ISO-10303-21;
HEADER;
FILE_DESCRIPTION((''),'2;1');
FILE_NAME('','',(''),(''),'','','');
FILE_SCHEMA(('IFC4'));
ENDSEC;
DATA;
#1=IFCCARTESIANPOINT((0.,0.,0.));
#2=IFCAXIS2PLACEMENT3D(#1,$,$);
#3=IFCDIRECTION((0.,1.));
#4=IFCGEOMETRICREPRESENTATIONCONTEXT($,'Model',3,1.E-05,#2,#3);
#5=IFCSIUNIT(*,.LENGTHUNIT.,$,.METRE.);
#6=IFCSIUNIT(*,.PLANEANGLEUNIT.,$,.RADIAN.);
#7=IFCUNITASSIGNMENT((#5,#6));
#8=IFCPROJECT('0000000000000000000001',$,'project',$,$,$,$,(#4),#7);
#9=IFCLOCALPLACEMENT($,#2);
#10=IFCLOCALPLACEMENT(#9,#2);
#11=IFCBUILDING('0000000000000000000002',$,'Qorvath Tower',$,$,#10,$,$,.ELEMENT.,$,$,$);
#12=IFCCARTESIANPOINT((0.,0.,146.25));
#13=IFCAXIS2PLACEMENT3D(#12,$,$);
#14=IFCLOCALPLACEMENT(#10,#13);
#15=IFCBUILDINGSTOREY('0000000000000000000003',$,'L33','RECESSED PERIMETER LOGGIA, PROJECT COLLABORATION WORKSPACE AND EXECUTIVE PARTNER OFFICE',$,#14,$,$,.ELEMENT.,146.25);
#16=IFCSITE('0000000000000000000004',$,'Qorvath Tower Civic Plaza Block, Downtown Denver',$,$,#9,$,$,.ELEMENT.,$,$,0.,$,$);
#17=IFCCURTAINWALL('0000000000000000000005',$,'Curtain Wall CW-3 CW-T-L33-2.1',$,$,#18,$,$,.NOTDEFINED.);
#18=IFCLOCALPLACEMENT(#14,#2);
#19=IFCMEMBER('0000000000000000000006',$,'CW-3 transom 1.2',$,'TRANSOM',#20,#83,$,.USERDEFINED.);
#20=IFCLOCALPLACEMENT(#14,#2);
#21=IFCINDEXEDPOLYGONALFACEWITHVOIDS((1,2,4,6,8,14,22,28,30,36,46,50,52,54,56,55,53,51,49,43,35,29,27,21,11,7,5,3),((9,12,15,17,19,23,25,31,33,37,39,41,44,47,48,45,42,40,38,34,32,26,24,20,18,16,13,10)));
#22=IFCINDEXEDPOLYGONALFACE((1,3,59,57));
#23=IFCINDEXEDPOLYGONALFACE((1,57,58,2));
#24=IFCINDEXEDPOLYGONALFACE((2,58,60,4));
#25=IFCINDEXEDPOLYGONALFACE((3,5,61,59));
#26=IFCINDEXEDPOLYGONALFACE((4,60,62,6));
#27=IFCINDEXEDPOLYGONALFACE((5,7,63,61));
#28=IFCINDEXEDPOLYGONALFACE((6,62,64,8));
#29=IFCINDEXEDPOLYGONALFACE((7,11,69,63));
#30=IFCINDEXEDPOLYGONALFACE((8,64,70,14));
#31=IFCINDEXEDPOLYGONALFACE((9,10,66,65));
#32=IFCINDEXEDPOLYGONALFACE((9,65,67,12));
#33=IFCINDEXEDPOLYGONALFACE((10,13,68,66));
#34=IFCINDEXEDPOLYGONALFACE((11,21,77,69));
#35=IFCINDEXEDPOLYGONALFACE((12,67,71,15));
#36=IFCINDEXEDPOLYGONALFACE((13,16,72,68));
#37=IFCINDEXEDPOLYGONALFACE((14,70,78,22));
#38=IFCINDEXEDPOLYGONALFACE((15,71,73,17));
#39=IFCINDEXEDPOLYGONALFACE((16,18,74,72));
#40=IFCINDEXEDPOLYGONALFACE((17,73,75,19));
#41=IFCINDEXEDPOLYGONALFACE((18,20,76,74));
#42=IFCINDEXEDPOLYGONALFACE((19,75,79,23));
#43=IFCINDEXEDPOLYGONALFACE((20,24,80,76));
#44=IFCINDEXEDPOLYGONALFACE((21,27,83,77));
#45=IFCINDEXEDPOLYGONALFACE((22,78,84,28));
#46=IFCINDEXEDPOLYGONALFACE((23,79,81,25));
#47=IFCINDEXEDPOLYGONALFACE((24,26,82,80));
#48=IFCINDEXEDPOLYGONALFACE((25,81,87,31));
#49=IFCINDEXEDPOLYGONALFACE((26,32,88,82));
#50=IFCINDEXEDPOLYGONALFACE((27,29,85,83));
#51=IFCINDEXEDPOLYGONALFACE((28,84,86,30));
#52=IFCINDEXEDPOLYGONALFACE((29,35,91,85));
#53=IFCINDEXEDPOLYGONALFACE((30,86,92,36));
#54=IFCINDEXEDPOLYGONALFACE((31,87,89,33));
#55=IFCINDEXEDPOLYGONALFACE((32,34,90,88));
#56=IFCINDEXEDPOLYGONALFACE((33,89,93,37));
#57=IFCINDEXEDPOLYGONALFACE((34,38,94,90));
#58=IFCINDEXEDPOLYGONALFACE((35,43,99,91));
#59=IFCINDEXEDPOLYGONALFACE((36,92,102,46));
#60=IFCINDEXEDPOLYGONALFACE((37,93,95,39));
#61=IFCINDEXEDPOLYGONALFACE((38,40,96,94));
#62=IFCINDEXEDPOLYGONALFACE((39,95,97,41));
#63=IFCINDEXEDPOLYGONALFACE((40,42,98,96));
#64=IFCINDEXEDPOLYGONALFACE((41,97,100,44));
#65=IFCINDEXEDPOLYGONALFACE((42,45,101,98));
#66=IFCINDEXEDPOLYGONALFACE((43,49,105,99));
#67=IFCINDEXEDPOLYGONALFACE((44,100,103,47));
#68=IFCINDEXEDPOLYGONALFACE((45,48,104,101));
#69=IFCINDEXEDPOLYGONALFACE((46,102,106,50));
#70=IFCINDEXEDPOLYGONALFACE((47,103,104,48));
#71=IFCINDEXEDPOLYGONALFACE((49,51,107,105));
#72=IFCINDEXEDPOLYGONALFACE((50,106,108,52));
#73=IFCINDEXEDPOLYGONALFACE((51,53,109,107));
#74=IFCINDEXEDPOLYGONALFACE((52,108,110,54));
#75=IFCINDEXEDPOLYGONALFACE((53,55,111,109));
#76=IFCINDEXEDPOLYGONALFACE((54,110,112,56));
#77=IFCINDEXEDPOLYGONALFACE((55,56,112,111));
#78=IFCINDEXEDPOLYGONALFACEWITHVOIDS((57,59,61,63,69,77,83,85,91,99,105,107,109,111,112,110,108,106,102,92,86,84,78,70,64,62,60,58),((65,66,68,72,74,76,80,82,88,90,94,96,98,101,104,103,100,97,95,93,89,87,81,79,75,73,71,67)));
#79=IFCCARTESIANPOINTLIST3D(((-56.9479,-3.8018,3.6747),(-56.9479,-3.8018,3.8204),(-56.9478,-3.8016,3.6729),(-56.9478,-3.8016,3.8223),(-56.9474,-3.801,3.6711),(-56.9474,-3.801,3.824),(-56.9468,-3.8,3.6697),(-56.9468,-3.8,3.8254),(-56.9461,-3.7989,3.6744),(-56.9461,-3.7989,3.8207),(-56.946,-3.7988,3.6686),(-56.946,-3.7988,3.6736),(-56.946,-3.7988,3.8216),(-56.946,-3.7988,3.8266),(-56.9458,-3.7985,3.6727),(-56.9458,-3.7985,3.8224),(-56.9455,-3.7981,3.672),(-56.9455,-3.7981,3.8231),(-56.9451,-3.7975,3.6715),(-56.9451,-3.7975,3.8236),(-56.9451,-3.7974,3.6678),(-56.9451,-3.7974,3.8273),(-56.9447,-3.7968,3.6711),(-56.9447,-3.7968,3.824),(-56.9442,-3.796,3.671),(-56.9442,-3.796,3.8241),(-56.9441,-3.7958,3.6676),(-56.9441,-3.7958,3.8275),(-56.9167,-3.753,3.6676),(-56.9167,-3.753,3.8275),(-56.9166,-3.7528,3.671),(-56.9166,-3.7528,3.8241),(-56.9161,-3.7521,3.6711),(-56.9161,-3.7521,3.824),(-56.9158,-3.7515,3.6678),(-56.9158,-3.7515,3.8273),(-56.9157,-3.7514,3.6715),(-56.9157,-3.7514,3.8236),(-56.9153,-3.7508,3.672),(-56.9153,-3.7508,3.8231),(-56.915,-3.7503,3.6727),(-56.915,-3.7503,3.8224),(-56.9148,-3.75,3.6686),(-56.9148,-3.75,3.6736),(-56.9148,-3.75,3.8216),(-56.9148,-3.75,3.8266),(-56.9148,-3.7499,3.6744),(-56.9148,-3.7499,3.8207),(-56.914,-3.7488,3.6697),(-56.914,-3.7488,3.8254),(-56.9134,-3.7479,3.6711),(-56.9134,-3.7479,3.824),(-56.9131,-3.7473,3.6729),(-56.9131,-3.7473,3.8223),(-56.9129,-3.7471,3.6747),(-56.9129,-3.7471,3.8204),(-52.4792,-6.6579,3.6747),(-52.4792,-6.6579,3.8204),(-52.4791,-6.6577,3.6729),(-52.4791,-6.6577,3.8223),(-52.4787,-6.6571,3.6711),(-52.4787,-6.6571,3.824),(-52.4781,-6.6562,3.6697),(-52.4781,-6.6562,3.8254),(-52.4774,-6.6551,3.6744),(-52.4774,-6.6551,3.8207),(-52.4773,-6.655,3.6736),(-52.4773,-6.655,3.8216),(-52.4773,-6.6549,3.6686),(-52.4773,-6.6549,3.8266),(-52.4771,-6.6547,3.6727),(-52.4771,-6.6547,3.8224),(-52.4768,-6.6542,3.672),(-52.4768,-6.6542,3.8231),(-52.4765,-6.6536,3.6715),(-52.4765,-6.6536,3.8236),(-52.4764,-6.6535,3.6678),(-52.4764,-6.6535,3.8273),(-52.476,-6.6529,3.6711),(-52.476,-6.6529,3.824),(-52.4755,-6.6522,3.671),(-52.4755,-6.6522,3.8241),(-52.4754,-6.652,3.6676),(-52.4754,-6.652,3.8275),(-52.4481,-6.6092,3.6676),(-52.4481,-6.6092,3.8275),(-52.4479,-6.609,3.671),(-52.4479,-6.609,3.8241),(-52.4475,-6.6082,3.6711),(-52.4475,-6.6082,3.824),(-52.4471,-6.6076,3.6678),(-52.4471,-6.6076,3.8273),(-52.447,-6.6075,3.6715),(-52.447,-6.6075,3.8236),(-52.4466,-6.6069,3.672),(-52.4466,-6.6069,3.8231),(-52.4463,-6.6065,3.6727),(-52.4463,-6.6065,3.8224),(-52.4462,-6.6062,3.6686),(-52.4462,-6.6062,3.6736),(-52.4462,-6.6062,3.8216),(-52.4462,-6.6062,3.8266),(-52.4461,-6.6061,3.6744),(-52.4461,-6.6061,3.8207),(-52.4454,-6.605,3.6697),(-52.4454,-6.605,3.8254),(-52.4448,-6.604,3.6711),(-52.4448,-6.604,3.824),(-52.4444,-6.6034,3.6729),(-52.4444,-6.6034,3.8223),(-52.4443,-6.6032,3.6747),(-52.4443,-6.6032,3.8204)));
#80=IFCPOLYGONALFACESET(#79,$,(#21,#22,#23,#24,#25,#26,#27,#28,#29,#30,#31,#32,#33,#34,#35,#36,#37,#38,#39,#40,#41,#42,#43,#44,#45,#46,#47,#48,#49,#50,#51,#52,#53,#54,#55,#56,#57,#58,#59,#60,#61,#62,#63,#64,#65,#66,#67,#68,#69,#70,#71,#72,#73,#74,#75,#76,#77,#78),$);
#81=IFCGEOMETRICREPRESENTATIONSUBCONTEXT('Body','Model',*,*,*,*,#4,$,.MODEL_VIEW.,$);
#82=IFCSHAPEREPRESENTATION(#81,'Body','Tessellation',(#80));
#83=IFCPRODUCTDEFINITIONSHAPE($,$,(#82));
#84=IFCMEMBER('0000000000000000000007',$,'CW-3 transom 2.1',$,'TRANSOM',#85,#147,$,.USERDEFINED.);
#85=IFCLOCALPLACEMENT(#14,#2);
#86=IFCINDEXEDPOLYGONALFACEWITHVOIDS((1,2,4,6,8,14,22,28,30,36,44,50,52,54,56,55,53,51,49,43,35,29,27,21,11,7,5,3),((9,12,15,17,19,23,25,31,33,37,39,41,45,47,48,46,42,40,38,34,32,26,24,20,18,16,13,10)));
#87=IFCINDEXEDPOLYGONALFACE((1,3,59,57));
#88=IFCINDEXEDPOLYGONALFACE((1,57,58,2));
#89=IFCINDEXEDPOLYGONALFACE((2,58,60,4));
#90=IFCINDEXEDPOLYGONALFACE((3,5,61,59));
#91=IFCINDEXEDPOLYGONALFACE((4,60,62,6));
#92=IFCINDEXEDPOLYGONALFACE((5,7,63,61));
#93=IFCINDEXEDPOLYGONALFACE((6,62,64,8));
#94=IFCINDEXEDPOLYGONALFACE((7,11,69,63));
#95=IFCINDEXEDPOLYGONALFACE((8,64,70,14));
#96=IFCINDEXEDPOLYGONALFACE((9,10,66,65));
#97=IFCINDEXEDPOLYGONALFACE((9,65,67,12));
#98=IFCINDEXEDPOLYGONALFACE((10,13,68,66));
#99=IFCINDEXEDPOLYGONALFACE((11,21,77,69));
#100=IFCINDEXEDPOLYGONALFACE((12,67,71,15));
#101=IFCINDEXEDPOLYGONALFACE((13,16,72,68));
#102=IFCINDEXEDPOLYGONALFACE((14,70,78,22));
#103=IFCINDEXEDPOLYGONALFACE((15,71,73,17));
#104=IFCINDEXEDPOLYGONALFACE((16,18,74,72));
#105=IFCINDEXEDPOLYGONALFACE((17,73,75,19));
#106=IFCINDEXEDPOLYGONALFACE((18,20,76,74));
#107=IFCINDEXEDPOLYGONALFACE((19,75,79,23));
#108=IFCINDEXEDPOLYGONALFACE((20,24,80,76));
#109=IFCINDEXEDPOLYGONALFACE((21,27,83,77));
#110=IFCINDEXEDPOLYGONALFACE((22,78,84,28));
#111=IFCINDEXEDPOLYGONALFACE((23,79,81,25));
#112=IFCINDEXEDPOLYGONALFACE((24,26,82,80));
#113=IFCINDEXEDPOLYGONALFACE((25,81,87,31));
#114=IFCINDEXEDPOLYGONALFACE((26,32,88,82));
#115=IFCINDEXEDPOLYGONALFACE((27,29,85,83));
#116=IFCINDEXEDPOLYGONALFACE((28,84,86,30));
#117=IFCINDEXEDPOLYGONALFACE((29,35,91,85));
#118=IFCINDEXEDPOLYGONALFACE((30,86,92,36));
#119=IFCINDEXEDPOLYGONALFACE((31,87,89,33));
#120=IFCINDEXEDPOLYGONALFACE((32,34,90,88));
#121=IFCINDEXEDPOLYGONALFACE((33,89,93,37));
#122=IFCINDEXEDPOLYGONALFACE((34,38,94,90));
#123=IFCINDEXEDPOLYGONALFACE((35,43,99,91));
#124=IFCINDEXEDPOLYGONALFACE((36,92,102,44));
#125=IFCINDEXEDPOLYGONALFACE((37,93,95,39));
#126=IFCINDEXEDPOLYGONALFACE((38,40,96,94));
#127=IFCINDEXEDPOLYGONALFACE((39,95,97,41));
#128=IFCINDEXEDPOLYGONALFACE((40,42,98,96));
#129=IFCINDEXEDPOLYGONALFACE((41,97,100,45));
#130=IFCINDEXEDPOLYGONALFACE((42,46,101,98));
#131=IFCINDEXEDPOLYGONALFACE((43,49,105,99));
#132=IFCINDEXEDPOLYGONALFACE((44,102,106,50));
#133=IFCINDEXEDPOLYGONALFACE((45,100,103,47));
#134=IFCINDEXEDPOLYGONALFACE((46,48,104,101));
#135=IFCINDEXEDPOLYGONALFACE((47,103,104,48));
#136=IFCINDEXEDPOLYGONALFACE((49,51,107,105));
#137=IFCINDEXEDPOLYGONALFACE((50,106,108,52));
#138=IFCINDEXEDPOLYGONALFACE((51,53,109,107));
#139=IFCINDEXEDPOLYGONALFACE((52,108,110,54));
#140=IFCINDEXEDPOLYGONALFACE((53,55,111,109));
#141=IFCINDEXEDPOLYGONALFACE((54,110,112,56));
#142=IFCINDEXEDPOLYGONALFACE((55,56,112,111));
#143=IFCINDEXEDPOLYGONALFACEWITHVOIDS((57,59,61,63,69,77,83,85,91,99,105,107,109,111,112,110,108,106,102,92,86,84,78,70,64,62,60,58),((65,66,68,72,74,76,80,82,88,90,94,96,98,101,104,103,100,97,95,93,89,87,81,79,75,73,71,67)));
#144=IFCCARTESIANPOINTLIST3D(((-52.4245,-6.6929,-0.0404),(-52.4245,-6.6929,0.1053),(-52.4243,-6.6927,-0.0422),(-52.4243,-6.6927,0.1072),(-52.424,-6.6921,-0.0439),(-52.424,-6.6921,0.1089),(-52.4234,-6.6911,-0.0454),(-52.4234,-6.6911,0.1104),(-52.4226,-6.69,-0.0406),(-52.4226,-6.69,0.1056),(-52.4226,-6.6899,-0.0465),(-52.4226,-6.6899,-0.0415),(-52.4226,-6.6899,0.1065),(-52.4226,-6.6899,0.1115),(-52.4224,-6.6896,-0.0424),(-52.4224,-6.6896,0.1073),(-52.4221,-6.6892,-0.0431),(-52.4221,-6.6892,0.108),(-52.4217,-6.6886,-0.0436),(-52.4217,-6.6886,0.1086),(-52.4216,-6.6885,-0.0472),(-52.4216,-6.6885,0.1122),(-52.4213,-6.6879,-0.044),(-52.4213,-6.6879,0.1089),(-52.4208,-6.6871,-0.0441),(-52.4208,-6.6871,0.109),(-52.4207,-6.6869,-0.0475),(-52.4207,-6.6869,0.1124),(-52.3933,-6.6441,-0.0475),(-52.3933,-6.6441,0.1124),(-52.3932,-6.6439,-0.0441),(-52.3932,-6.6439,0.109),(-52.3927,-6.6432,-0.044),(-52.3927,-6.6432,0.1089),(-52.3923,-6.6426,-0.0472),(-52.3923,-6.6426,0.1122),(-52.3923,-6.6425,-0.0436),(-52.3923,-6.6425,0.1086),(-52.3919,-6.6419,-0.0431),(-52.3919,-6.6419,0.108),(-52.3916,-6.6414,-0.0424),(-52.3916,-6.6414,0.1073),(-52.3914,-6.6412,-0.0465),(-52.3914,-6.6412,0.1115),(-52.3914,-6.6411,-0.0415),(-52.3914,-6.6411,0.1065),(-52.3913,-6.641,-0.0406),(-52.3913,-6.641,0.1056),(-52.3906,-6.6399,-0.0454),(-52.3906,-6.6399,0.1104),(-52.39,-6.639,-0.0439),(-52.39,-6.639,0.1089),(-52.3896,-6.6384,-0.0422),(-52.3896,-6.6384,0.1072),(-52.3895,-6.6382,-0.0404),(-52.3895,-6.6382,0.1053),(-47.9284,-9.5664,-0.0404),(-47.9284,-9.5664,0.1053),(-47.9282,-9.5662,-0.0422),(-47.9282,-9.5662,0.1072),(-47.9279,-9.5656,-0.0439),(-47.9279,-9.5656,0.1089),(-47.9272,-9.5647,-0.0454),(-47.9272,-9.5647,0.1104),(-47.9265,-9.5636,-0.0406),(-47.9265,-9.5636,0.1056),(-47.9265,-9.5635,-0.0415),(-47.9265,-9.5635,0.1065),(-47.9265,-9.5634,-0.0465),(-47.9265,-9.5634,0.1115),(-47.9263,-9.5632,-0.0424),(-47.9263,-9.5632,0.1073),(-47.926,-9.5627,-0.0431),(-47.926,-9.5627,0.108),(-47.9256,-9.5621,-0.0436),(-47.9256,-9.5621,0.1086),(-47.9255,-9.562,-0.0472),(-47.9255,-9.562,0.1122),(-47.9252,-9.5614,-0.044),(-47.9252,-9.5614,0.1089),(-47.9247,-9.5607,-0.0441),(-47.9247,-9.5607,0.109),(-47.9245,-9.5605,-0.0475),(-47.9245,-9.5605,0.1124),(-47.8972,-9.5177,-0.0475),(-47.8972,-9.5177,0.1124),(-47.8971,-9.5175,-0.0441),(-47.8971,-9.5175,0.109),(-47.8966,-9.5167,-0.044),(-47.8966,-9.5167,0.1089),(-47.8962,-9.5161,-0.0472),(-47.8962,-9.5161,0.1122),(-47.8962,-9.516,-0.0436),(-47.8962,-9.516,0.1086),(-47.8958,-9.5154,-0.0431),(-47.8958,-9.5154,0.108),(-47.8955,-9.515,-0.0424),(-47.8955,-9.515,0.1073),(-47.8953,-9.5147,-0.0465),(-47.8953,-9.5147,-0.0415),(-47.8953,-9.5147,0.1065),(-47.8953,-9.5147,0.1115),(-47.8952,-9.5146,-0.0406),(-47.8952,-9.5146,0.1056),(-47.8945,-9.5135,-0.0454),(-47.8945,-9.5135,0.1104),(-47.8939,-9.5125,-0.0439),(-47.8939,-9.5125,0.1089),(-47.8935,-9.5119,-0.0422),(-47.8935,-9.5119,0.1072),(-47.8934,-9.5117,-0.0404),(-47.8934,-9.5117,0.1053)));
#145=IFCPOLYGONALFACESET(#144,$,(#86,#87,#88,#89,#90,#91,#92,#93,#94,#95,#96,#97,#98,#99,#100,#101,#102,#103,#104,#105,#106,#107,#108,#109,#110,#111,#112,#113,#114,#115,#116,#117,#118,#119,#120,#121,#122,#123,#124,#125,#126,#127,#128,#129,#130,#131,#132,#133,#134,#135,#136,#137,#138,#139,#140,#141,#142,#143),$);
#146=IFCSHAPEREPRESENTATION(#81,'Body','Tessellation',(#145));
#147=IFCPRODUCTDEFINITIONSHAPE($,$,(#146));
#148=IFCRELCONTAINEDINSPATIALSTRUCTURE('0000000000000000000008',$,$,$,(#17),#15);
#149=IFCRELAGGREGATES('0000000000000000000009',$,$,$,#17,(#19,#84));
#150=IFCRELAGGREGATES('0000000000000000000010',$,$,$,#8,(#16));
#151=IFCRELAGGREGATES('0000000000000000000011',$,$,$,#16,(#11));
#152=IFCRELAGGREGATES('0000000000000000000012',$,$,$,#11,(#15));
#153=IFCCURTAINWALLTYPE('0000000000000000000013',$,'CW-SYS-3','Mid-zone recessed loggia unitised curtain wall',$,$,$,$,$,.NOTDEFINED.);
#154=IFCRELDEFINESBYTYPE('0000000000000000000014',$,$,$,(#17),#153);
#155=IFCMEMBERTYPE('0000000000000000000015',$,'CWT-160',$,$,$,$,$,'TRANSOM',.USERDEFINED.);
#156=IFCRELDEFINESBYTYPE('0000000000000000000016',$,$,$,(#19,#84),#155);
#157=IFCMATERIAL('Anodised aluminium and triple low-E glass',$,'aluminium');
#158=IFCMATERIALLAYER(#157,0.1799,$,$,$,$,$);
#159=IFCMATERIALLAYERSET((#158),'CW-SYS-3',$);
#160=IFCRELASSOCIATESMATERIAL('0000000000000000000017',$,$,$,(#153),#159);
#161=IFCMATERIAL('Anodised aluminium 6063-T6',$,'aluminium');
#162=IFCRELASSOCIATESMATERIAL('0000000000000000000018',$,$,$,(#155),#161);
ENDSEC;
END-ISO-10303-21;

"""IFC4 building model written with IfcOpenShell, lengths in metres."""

from ifc_helpers import new_model, si_unit, direction, frame, origin, origin_2d, place, context, subcontext, project, spatial, hollow_rectangle, extrude, material, layer, layer_set, material_profile, profile_set, type_object, element, aggregate, save


model = new_model("IFC4")

# Units and contexts
model_context = context("Model", 3, precision=1e-05, world=origin(), true_north=direction((0.0, 1.0)))
body_context = subcontext(model_context, "Body", "Model", "MODEL_VIEW")
ifc_project = project(units=[si_unit("LENGTHUNIT", "METRE"), si_unit("PLANEANGLEUNIT", "RADIAN")], contexts=[model_context])

# Site, building, storey
site_placement = place(None, origin())
site = spatial("IfcSite", under=ifc_project, at=site_placement, Name="Qorvath Tower Civic Plaza Block, Downtown Denver", CompositionType="ELEMENT", RefElevation=0.0)
building_placement = place(site_placement, origin())
building = spatial("IfcBuilding", under=site, at=building_placement, Name="Qorvath Tower", CompositionType="ELEMENT")
storey_placement = place(building_placement, frame((0.0, 0.0, 146.25)))
storey = spatial("IfcBuildingStorey", under=building, at=storey_placement, Name="L33", Description="RECESSED PERIMETER LOGGIA, PROJECT COLLABORATION WORKSPACE AND EXECUTIVE PARTNER OFFICE", CompositionType="ELEMENT", Elevation=146.25)

# Curtain wall, members
ifc_material_1 = material(Name="Anodised aluminium and triple low-E glass", Category="aluminium")
ifc_layer_1 = layer(ifc_material_1, 0.1799)
ifc_layer_set_1 = layer_set([ifc_layer_1], Name="CW-SYS-3")
curtain_wall_type = type_object("IfcCurtainWallType", Name="CW-SYS-3", Description="Mid-zone recessed loggia unitised curtain wall", PredefinedType="NOTDEFINED", material=ifc_layer_set_1)
curtain_wall_placement = place(storey_placement, origin())
curtain_wall = element("IfcCurtainWall", 1, at=curtain_wall_placement, inside=storey, type_object=curtain_wall_type, Name="Curtain Wall CW-3 CW-T-L33-2.1", PredefinedType="NOTDEFINED")
ifc_material_2 = material(Name="Anodised aluminium 6063-T6", Category="aluminium")
ifc_material_profile_1 = material_profile(ifc_material_2, hollow_rectangle(XDim=0.0649, YDim=0.1599, WallThickness=0.0034, InnerFilletRadius=0.0034, OuterFilletRadius=0.0071, at=origin_2d()), Name="CWT 160x65")
ifc_profile_set_1 = profile_set([ifc_material_profile_1], Name="Anodised aluminium 6063-T6")
member_type_1 = type_object("IfcMemberType", Name="CWT-160", ElementType="TRANSOM", PredefinedType="USERDEFINED", material=ifc_profile_set_1)
member_1_placement = place(storey_placement, frame((-56.9304, -3.7744, 3.7476), z_axis=(0.842596, -0.538545, 0.0), x_axis=(0.538545, 0.842596, 0.0)))
member_1 = element("IfcMember", 2, at=member_1_placement, type_object=member_type_1, Name="CW-3 transom 1.2", ObjectType="TRANSOM", PredefinedType="USERDEFINED", context=body_context, shape_type="SweptSolid", body=[
    extrude(hollow_rectangle(XDim=0.0649, YDim=0.1599, WallThickness=0.0034, InnerFilletRadius=0.0034, OuterFilletRadius=0.0071, at=origin_2d()), origin(), (0.0, 0.0, 1.0), 5.3035),
])
member_2_placement = place(storey_placement, frame((-52.407, -6.6655, 0.0325), z_axis=(0.842609, -0.538526, 0.0), x_axis=(0.538526, 0.842609, 0.0)))
member_2 = element("IfcMember", 3, at=member_2_placement, type_object=member_type_1, Name="CW-3 transom 2.1", ObjectType="TRANSOM", PredefinedType="USERDEFINED", context=body_context, shape_type="SweptSolid", body=[
    extrude(hollow_rectangle(XDim=0.0649, YDim=0.1599, WallThickness=0.0034, InnerFilletRadius=0.0034, OuterFilletRadius=0.0071, at=origin_2d()), origin(), (0.0, 0.0, 1.0), 5.3359),
])
aggregate(curtain_wall, [member_1, member_2])

save(model, "model.ifc")
